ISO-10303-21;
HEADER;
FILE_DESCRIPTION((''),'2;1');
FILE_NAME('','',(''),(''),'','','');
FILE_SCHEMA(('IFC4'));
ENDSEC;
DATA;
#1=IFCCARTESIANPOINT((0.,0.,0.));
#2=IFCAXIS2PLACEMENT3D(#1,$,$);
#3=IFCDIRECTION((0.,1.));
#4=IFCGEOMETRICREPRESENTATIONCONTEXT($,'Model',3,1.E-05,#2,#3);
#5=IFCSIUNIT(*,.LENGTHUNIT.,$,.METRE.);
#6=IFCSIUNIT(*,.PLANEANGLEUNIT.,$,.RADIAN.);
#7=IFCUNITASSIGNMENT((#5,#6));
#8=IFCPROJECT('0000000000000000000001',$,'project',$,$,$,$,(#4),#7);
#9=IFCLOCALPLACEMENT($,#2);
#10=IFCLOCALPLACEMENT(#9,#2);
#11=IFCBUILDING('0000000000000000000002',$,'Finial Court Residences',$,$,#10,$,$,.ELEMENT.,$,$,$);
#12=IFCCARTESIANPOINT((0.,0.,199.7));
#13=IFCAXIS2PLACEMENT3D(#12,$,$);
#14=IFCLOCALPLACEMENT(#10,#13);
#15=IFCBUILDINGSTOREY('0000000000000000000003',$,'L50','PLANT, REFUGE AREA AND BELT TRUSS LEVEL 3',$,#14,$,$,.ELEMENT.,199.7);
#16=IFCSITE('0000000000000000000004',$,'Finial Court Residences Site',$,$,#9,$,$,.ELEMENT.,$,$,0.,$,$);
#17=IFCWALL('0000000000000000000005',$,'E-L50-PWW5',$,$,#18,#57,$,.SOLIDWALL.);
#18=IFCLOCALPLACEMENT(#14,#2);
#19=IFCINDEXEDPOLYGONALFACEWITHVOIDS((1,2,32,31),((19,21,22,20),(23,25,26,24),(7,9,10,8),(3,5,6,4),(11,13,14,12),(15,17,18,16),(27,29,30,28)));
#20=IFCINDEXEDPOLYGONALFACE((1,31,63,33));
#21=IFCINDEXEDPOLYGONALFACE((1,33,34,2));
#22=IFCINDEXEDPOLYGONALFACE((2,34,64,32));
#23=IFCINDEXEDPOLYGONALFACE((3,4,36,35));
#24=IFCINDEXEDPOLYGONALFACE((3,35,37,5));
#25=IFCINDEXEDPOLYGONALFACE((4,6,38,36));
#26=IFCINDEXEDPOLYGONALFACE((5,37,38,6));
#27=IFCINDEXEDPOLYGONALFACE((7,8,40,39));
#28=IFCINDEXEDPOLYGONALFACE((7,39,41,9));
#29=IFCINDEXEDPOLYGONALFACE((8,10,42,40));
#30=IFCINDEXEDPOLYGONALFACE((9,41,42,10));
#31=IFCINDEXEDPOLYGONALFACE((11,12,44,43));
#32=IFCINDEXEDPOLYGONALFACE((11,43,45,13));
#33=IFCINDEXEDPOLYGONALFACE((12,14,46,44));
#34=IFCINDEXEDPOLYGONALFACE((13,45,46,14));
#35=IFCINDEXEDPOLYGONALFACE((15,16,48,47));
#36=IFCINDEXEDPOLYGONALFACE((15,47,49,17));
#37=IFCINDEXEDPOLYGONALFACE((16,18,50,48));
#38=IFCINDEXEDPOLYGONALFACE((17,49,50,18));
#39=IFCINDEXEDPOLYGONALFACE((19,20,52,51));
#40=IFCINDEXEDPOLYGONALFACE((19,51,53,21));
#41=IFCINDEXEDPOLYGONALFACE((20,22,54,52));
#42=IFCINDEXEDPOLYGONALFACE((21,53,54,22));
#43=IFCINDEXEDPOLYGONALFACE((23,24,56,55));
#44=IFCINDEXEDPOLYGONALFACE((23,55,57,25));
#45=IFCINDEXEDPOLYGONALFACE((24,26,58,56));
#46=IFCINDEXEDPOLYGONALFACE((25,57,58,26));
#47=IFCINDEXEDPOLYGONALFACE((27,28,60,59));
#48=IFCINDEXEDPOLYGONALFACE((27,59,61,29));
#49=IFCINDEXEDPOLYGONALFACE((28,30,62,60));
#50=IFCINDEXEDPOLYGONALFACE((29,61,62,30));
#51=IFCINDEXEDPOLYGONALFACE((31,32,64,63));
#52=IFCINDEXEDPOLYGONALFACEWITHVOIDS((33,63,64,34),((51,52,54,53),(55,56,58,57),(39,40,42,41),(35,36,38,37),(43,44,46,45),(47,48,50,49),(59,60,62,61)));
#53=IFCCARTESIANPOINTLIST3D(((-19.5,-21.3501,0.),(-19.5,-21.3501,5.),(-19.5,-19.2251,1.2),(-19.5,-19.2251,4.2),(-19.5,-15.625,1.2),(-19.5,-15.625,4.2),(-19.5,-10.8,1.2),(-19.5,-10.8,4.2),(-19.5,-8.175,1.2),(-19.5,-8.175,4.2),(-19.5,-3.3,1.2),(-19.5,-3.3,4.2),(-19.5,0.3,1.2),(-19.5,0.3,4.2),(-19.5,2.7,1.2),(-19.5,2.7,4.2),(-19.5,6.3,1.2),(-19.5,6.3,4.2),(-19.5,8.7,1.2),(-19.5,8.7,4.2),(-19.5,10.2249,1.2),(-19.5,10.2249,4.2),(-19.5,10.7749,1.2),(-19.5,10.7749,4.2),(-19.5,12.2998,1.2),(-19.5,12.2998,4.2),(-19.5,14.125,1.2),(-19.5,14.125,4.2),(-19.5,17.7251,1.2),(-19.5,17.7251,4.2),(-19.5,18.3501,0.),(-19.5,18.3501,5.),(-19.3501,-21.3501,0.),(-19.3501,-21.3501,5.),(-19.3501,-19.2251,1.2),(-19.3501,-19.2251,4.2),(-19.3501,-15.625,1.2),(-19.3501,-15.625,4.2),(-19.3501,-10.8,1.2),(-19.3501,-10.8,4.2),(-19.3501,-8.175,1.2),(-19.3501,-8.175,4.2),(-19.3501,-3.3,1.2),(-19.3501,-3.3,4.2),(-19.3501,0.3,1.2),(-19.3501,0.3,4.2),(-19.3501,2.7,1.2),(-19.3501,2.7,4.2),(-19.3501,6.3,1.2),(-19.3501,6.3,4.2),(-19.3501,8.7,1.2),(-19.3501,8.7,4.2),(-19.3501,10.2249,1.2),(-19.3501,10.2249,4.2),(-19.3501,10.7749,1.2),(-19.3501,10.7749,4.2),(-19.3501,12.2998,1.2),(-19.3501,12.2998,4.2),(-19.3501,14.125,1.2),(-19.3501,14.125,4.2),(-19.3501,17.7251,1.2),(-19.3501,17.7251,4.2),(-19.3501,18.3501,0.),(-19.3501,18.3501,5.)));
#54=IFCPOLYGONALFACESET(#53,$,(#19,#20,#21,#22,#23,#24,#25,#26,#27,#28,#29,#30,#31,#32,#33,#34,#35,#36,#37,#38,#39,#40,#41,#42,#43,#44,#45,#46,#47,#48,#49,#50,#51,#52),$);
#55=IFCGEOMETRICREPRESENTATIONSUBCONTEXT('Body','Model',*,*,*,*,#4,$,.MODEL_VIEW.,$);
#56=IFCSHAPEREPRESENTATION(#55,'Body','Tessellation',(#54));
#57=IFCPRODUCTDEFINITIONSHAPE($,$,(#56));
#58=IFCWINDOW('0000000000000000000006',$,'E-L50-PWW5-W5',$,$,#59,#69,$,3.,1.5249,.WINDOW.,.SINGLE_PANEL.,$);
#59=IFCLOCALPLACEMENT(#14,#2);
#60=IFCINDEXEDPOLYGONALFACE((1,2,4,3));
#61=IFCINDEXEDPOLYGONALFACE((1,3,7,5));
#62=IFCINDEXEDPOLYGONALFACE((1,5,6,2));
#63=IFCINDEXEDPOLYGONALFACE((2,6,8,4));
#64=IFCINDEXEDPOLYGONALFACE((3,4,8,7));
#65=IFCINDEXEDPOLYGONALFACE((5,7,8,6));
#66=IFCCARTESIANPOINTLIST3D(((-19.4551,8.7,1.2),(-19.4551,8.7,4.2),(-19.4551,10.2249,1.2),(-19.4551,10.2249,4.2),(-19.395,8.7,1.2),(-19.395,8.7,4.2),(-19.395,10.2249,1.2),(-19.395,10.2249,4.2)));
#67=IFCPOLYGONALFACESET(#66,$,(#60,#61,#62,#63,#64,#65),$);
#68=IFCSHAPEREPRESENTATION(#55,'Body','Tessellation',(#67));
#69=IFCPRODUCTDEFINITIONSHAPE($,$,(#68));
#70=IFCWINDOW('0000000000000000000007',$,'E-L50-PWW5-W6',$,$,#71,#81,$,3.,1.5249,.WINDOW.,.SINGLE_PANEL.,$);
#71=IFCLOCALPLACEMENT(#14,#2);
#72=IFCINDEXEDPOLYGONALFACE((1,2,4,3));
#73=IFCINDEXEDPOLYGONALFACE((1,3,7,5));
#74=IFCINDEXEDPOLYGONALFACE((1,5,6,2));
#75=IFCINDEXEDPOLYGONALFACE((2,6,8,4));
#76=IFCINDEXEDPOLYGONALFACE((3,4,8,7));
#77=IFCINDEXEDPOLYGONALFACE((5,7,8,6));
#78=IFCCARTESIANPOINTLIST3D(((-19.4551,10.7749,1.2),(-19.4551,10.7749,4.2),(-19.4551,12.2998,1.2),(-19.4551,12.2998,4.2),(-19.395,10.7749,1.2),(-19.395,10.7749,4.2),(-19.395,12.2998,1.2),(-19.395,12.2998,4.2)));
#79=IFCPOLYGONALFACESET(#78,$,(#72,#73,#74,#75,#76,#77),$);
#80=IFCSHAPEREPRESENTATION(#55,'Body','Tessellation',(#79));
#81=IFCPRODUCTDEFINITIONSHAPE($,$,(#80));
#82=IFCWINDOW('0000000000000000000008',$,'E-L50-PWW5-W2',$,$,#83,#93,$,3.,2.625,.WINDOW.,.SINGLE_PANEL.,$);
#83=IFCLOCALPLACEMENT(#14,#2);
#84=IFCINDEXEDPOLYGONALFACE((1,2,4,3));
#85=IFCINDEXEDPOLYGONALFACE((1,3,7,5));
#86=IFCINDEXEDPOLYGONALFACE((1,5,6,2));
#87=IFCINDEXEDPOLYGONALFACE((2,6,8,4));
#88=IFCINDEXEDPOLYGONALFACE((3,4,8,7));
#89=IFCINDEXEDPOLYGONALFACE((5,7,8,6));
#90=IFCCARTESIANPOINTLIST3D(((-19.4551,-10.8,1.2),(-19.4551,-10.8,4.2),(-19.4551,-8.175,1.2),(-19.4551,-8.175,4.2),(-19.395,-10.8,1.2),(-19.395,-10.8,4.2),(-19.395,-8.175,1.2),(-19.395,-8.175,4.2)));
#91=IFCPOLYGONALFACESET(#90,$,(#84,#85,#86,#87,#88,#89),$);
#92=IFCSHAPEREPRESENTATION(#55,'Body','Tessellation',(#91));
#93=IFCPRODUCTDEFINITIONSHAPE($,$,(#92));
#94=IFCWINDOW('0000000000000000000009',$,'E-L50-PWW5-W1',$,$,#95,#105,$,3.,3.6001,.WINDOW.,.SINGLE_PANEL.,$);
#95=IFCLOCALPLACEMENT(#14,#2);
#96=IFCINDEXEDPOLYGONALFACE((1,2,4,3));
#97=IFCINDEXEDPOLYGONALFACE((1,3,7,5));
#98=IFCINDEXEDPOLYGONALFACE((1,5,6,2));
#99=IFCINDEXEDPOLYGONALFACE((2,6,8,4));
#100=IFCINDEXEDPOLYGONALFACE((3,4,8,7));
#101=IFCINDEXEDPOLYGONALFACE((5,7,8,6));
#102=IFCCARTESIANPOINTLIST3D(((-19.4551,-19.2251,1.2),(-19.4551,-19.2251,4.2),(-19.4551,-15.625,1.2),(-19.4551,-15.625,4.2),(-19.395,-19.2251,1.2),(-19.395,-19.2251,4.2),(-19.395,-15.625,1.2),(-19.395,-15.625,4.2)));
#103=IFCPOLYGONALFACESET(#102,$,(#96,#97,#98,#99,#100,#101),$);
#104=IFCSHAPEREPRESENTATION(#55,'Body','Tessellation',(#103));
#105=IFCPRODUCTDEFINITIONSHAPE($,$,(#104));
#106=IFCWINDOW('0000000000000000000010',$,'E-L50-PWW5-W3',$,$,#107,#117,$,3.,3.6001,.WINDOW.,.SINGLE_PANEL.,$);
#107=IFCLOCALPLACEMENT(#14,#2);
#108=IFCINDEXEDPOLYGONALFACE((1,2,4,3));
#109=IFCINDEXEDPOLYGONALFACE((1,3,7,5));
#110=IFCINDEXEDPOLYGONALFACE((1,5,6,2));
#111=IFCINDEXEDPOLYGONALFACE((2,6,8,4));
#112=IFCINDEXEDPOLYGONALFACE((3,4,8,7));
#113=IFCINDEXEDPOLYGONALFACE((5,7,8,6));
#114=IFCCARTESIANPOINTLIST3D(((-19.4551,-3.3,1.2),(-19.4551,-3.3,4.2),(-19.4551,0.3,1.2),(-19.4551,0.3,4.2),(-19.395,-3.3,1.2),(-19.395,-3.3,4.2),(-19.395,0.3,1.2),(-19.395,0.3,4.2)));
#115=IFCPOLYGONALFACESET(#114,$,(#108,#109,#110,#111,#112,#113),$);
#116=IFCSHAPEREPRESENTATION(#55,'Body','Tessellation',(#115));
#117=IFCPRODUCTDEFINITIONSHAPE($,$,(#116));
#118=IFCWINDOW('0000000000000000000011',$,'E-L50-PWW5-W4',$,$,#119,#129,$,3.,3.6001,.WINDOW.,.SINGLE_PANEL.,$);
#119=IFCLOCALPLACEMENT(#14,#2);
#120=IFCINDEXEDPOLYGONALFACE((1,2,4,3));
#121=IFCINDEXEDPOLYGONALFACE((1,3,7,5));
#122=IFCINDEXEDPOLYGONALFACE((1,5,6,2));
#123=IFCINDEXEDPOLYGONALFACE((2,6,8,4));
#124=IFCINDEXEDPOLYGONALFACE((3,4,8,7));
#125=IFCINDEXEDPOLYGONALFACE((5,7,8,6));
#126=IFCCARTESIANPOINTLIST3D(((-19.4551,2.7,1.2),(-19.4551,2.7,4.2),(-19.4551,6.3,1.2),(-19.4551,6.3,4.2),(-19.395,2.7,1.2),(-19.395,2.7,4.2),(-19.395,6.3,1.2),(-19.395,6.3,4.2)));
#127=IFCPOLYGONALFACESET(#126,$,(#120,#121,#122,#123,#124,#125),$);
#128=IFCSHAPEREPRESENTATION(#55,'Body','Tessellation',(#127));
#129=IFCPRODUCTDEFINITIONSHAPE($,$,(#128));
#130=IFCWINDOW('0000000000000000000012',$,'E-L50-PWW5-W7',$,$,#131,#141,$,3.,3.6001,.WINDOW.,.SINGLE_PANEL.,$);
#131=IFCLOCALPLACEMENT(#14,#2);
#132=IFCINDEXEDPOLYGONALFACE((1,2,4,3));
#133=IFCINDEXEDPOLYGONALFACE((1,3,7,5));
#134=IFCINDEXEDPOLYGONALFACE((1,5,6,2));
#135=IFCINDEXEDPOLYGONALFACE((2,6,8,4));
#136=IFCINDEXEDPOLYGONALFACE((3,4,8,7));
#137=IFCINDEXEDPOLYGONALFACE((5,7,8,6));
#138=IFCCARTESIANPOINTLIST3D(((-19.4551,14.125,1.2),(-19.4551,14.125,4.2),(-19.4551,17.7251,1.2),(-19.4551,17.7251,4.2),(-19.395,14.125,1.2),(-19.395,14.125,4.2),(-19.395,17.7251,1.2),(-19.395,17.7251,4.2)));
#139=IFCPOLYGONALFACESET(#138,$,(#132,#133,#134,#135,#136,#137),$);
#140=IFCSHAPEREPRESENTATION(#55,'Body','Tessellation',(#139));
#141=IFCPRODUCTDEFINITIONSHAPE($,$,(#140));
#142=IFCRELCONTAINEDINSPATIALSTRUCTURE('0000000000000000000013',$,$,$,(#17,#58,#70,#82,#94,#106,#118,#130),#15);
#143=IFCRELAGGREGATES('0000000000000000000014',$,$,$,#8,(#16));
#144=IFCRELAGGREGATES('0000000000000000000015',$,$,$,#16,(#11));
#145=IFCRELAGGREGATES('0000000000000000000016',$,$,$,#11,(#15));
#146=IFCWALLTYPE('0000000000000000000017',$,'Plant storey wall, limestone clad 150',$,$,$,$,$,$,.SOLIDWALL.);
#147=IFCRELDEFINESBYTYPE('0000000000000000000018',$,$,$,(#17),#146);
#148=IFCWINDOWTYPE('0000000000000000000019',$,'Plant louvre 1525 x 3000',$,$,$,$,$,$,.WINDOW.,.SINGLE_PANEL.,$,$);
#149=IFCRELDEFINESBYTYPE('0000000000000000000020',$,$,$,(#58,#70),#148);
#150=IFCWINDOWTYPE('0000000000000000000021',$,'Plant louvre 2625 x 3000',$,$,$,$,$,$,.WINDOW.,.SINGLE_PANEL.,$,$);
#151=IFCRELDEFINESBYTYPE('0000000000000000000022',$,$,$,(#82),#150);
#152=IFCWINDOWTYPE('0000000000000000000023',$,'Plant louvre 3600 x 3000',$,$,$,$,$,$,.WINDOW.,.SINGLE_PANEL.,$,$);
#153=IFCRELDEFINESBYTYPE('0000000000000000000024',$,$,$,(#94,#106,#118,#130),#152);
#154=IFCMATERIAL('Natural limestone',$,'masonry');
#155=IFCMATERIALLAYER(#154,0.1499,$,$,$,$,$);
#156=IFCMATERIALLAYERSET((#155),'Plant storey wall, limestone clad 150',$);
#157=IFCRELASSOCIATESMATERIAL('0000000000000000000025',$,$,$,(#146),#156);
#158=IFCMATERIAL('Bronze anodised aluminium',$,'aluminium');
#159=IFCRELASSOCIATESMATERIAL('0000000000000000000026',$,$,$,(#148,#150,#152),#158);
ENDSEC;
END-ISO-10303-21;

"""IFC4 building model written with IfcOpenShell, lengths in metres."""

from ifc_helpers import new_model, si_unit, direction, frame, frame_2d, origin, place, context, subcontext, project, spatial, rectangle, extrude, material, layer, layer_set, type_object, element, fill, save


model = new_model("IFC4")

# Units and contexts
model_context = context("Model", 3, precision=1e-05, world=origin(), true_north=direction((0.0, 1.0)))
body_context = subcontext(model_context, "Body", "Model", "MODEL_VIEW")
ifc_project = project(units=[si_unit("LENGTHUNIT", "METRE"), si_unit("PLANEANGLEUNIT", "RADIAN")], contexts=[model_context])

# Site, building, storey
site_placement = place(None, origin())
site = spatial("IfcSite", under=ifc_project, at=site_placement, Name="Finial Court Residences Site", CompositionType="ELEMENT", RefElevation=0.0)
building_placement = place(site_placement, origin())
building = spatial("IfcBuilding", under=site, at=building_placement, Name="Finial Court Residences", CompositionType="ELEMENT")
storey_placement = place(building_placement, frame((0.0, 0.0, 199.7)))
storey = spatial("IfcBuildingStorey", under=building, at=storey_placement, Name="L50", Description="PLANT, REFUGE AREA AND BELT TRUSS LEVEL 3", CompositionType="ELEMENT", Elevation=199.7)

# Shared definitions
ifc_material_1 = material(Name="Natural limestone", Category="masonry")
ifc_layer_1 = layer(ifc_material_1, 0.1499)
ifc_layer_set_1 = layer_set([ifc_layer_1], Name="Plant storey wall, limestone clad 150")
wall_type_1 = type_object("IfcWallType", Name="Plant storey wall, limestone clad 150", PredefinedType="SOLIDWALL", material=ifc_layer_set_1)

# Wall, openings, windows
wall_1_placement = place(storey_placement, frame((-19.425, -21.3501, 0.0), z_axis=(0.0, 0.0, 1.0), x_axis=(0.0, 1.0, 0.0)))
wall_1 = element("IfcWall", 1, at=wall_1_placement, inside=storey, type_object=wall_type_1, Name="E-L50-PWW5", PredefinedType="SOLIDWALL", context=body_context, shape_type="SweptSolid", body=[
    extrude(rectangle(XDim=39.7002, YDim=0.1499, at=frame_2d((19.8501, 0.0))), origin(), (0.0, 0.0, 1.0), 5.0),
])
opening_1_placement = place(wall_1_placement, frame((2.125, 0.0, 1.2)))
opening_1 = element("IfcOpeningElement", 2, at=opening_1_placement, cuts=wall_1, PredefinedType="OPENING", context=body_context, shape_type="SweptSolid", body=[
    extrude(rectangle(XDim=3.6001, YDim=3.0, at=frame_2d((1.8, 1.5))), frame((0.0, 0.085, 0.0), z_axis=(0.0, -1.0, 0.0), x_axis=(1.0, 0.0, 0.0)), (0.0, 0.0, 1.0), 0.1699),
])
opening_2_placement = place(wall_1_placement, frame((10.55, 0.0, 1.2)))
opening_2 = element("IfcOpeningElement", 3, at=opening_2_placement, cuts=wall_1, PredefinedType="OPENING", context=body_context, shape_type="SweptSolid", body=[
    extrude(rectangle(XDim=2.625, YDim=3.0, at=frame_2d((1.3125, 1.5))), frame((0.0, 0.085, 0.0), z_axis=(0.0, -1.0, 0.0), x_axis=(1.0, 0.0, 0.0)), (0.0, 0.0, 1.0), 0.1699),
])
opening_3_placement = place(wall_1_placement, frame((18.05, 0.0, 1.2)))
opening_3 = element("IfcOpeningElement", 4, at=opening_3_placement, cuts=wall_1, PredefinedType="OPENING", context=body_context, shape_type="SweptSolid", body=[
    extrude(rectangle(XDim=3.6001, YDim=3.0, at=frame_2d((1.8, 1.5))), frame((0.0, 0.085, 0.0), z_axis=(0.0, -1.0, 0.0), x_axis=(1.0, 0.0, 0.0)), (0.0, 0.0, 1.0), 0.1699),
])
opening_4_placement = place(wall_1_placement, frame((24.05, 0.0, 1.2)))
opening_4 = element("IfcOpeningElement", 5, at=opening_4_placement, cuts=wall_1, PredefinedType="OPENING", context=body_context, shape_type="SweptSolid", body=[
    extrude(rectangle(XDim=3.6001, YDim=3.0, at=frame_2d((1.8, 1.5))), frame((0.0, 0.085, 0.0), z_axis=(0.0, -1.0, 0.0), x_axis=(1.0, 0.0, 0.0)), (0.0, 0.0, 1.0), 0.1699),
])
opening_5_placement = place(wall_1_placement, frame((30.05, 0.0, 1.2)))
opening_5 = element("IfcOpeningElement", 6, at=opening_5_placement, cuts=wall_1, PredefinedType="OPENING", context=body_context, shape_type="SweptSolid", body=[
    extrude(rectangle(XDim=1.5249, YDim=3.0, at=frame_2d((0.7625, 1.5))), frame((0.0, 0.085, 0.0), z_axis=(0.0, -1.0, 0.0), x_axis=(1.0, 0.0, 0.0)), (0.0, 0.0, 1.0), 0.1699),
])
opening_6_placement = place(wall_1_placement, frame((32.125, 0.0, 1.2)))
opening_6 = element("IfcOpeningElement", 7, at=opening_6_placement, cuts=wall_1, PredefinedType="OPENING", context=body_context, shape_type="SweptSolid", body=[
    extrude(rectangle(XDim=1.5249, YDim=3.0, at=frame_2d((0.7625, 1.5))), frame((0.0, 0.085, 0.0), z_axis=(0.0, -1.0, 0.0), x_axis=(1.0, 0.0, 0.0)), (0.0, 0.0, 1.0), 0.1699),
])
opening_7_placement = place(wall_1_placement, frame((35.4751, 0.0, 1.2)))
opening_7 = element("IfcOpeningElement", 8, at=opening_7_placement, cuts=wall_1, PredefinedType="OPENING", context=body_context, shape_type="SweptSolid", body=[
    extrude(rectangle(XDim=3.6001, YDim=3.0, at=frame_2d((1.8, 1.5))), frame((0.0, 0.085, 0.0), z_axis=(0.0, -1.0, 0.0), x_axis=(1.0, 0.0, 0.0)), (0.0, 0.0, 1.0), 0.1699),
])
ifc_material_2 = material(Name="Bronze anodised aluminium", Category="aluminium")
window_type_1 = type_object("IfcWindowType", Name="Plant louvre 1525 x 3000", PartitioningType="SINGLE_PANEL", PredefinedType="WINDOW", material=ifc_material_2)
window_1_placement = place(opening_5_placement, origin())
window_1 = element("IfcWindow", 9, at=window_1_placement, inside=storey, type_object=window_type_1, Name="E-L50-PWW5-W5", OverallHeight=3.0, OverallWidth=1.5249, PartitioningType="SINGLE_PANEL", PredefinedType="WINDOW", context=body_context, shape_type="SweptSolid", body=[
    extrude(rectangle(XDim=1.5249, YDim=3.0, at=frame_2d((0.7625, 1.5))), frame((0.0, 0.03, 0.0), z_axis=(0.0, -1.0, 0.0), x_axis=(1.0, 0.0, 0.0)), (0.0, 0.0, 1.0), 0.0601),
])
fill(opening_5, window_1)
window_2_placement = place(opening_6_placement, origin())
window_2 = element("IfcWindow", 10, at=window_2_placement, inside=storey, type_object=window_type_1, Name="E-L50-PWW5-W6", OverallHeight=3.0, OverallWidth=1.5249, PartitioningType="SINGLE_PANEL", PredefinedType="WINDOW", context=body_context, shape_type="SweptSolid", body=[
    extrude(rectangle(XDim=1.5249, YDim=3.0, at=frame_2d((0.7625, 1.5))), frame((0.0, 0.03, 0.0), z_axis=(0.0, -1.0, 0.0), x_axis=(1.0, 0.0, 0.0)), (0.0, 0.0, 1.0), 0.0601),
])
fill(opening_6, window_2)
window_type_2 = type_object("IfcWindowType", Name="Plant louvre 2625 x 3000", PartitioningType="SINGLE_PANEL", PredefinedType="WINDOW", material=ifc_material_2)
window_3_placement = place(opening_2_placement, origin())
window_3 = element("IfcWindow", 11, at=window_3_placement, inside=storey, type_object=window_type_2, Name="E-L50-PWW5-W2", OverallHeight=3.0, OverallWidth=2.625, PartitioningType="SINGLE_PANEL", PredefinedType="WINDOW", context=body_context, shape_type="SweptSolid", body=[
    extrude(rectangle(XDim=2.625, YDim=3.0, at=frame_2d((1.3125, 1.5))), frame((0.0, 0.03, 0.0), z_axis=(0.0, -1.0, 0.0), x_axis=(1.0, 0.0, 0.0)), (0.0, 0.0, 1.0), 0.0601),
])
fill(opening_2, window_3)
window_type_3 = type_object("IfcWindowType", Name="Plant louvre 3600 x 3000", PartitioningType="SINGLE_PANEL", PredefinedType="WINDOW", material=ifc_material_2)
window_4_placement = place(opening_1_placement, origin())
window_4 = element("IfcWindow", 12, at=window_4_placement, inside=storey, type_object=window_type_3, Name="E-L50-PWW5-W1", OverallHeight=3.0, OverallWidth=3.6001, PartitioningType="SINGLE_PANEL", PredefinedType="WINDOW", context=body_context, shape_type="SweptSolid", body=[
    extrude(rectangle(XDim=3.6001, YDim=3.0, at=frame_2d((1.8, 1.5))), frame((0.0, 0.03, 0.0), z_axis=(0.0, -1.0, 0.0), x_axis=(1.0, 0.0, 0.0)), (0.0, 0.0, 1.0), 0.0601),
])
fill(opening_1, window_4)
window_5_placement = place(opening_3_placement, origin())
window_5 = element("IfcWindow", 13, at=window_5_placement, inside=storey, type_object=window_type_3, Name="E-L50-PWW5-W3", OverallHeight=3.0, OverallWidth=3.6001, PartitioningType="SINGLE_PANEL", PredefinedType="WINDOW", context=body_context, shape_type="SweptSolid", body=[
    extrude(rectangle(XDim=3.6001, YDim=3.0, at=frame_2d((1.8, 1.5))), frame((0.0, 0.03, 0.0), z_axis=(0.0, -1.0, 0.0), x_axis=(1.0, 0.0, 0.0)), (0.0, 0.0, 1.0), 0.0601),
])
fill(opening_3, window_5)
window_6_placement = place(opening_4_placement, origin())
window_6 = element("IfcWindow", 14, at=window_6_placement, inside=storey, type_object=window_type_3, Name="E-L50-PWW5-W4", OverallHeight=3.0, OverallWidth=3.6001, PartitioningType="SINGLE_PANEL", PredefinedType="WINDOW", context=body_context, shape_type="SweptSolid", body=[
    extrude(rectangle(XDim=3.6001, YDim=3.0, at=frame_2d((1.8, 1.5))), frame((0.0, 0.03, 0.0), z_axis=(0.0, -1.0, 0.0), x_axis=(1.0, 0.0, 0.0)), (0.0, 0.0, 1.0), 0.0601),
])
fill(opening_4, window_6)
window_7_placement = place(opening_7_placement, origin())
window_7 = element("IfcWindow", 15, at=window_7_placement, inside=storey, type_object=window_type_3, Name="E-L50-PWW5-W7", OverallHeight=3.0, OverallWidth=3.6001, PartitioningType="SINGLE_PANEL", PredefinedType="WINDOW", context=body_context, shape_type="SweptSolid", body=[
    extrude(rectangle(XDim=3.6001, YDim=3.0, at=frame_2d((1.8, 1.5))), frame((0.0, 0.03, 0.0), z_axis=(0.0, -1.0, 0.0), x_axis=(1.0, 0.0, 0.0)), (0.0, 0.0, 1.0), 0.0601),
])
fill(opening_7, window_7)

save(model, "model.ifc")
